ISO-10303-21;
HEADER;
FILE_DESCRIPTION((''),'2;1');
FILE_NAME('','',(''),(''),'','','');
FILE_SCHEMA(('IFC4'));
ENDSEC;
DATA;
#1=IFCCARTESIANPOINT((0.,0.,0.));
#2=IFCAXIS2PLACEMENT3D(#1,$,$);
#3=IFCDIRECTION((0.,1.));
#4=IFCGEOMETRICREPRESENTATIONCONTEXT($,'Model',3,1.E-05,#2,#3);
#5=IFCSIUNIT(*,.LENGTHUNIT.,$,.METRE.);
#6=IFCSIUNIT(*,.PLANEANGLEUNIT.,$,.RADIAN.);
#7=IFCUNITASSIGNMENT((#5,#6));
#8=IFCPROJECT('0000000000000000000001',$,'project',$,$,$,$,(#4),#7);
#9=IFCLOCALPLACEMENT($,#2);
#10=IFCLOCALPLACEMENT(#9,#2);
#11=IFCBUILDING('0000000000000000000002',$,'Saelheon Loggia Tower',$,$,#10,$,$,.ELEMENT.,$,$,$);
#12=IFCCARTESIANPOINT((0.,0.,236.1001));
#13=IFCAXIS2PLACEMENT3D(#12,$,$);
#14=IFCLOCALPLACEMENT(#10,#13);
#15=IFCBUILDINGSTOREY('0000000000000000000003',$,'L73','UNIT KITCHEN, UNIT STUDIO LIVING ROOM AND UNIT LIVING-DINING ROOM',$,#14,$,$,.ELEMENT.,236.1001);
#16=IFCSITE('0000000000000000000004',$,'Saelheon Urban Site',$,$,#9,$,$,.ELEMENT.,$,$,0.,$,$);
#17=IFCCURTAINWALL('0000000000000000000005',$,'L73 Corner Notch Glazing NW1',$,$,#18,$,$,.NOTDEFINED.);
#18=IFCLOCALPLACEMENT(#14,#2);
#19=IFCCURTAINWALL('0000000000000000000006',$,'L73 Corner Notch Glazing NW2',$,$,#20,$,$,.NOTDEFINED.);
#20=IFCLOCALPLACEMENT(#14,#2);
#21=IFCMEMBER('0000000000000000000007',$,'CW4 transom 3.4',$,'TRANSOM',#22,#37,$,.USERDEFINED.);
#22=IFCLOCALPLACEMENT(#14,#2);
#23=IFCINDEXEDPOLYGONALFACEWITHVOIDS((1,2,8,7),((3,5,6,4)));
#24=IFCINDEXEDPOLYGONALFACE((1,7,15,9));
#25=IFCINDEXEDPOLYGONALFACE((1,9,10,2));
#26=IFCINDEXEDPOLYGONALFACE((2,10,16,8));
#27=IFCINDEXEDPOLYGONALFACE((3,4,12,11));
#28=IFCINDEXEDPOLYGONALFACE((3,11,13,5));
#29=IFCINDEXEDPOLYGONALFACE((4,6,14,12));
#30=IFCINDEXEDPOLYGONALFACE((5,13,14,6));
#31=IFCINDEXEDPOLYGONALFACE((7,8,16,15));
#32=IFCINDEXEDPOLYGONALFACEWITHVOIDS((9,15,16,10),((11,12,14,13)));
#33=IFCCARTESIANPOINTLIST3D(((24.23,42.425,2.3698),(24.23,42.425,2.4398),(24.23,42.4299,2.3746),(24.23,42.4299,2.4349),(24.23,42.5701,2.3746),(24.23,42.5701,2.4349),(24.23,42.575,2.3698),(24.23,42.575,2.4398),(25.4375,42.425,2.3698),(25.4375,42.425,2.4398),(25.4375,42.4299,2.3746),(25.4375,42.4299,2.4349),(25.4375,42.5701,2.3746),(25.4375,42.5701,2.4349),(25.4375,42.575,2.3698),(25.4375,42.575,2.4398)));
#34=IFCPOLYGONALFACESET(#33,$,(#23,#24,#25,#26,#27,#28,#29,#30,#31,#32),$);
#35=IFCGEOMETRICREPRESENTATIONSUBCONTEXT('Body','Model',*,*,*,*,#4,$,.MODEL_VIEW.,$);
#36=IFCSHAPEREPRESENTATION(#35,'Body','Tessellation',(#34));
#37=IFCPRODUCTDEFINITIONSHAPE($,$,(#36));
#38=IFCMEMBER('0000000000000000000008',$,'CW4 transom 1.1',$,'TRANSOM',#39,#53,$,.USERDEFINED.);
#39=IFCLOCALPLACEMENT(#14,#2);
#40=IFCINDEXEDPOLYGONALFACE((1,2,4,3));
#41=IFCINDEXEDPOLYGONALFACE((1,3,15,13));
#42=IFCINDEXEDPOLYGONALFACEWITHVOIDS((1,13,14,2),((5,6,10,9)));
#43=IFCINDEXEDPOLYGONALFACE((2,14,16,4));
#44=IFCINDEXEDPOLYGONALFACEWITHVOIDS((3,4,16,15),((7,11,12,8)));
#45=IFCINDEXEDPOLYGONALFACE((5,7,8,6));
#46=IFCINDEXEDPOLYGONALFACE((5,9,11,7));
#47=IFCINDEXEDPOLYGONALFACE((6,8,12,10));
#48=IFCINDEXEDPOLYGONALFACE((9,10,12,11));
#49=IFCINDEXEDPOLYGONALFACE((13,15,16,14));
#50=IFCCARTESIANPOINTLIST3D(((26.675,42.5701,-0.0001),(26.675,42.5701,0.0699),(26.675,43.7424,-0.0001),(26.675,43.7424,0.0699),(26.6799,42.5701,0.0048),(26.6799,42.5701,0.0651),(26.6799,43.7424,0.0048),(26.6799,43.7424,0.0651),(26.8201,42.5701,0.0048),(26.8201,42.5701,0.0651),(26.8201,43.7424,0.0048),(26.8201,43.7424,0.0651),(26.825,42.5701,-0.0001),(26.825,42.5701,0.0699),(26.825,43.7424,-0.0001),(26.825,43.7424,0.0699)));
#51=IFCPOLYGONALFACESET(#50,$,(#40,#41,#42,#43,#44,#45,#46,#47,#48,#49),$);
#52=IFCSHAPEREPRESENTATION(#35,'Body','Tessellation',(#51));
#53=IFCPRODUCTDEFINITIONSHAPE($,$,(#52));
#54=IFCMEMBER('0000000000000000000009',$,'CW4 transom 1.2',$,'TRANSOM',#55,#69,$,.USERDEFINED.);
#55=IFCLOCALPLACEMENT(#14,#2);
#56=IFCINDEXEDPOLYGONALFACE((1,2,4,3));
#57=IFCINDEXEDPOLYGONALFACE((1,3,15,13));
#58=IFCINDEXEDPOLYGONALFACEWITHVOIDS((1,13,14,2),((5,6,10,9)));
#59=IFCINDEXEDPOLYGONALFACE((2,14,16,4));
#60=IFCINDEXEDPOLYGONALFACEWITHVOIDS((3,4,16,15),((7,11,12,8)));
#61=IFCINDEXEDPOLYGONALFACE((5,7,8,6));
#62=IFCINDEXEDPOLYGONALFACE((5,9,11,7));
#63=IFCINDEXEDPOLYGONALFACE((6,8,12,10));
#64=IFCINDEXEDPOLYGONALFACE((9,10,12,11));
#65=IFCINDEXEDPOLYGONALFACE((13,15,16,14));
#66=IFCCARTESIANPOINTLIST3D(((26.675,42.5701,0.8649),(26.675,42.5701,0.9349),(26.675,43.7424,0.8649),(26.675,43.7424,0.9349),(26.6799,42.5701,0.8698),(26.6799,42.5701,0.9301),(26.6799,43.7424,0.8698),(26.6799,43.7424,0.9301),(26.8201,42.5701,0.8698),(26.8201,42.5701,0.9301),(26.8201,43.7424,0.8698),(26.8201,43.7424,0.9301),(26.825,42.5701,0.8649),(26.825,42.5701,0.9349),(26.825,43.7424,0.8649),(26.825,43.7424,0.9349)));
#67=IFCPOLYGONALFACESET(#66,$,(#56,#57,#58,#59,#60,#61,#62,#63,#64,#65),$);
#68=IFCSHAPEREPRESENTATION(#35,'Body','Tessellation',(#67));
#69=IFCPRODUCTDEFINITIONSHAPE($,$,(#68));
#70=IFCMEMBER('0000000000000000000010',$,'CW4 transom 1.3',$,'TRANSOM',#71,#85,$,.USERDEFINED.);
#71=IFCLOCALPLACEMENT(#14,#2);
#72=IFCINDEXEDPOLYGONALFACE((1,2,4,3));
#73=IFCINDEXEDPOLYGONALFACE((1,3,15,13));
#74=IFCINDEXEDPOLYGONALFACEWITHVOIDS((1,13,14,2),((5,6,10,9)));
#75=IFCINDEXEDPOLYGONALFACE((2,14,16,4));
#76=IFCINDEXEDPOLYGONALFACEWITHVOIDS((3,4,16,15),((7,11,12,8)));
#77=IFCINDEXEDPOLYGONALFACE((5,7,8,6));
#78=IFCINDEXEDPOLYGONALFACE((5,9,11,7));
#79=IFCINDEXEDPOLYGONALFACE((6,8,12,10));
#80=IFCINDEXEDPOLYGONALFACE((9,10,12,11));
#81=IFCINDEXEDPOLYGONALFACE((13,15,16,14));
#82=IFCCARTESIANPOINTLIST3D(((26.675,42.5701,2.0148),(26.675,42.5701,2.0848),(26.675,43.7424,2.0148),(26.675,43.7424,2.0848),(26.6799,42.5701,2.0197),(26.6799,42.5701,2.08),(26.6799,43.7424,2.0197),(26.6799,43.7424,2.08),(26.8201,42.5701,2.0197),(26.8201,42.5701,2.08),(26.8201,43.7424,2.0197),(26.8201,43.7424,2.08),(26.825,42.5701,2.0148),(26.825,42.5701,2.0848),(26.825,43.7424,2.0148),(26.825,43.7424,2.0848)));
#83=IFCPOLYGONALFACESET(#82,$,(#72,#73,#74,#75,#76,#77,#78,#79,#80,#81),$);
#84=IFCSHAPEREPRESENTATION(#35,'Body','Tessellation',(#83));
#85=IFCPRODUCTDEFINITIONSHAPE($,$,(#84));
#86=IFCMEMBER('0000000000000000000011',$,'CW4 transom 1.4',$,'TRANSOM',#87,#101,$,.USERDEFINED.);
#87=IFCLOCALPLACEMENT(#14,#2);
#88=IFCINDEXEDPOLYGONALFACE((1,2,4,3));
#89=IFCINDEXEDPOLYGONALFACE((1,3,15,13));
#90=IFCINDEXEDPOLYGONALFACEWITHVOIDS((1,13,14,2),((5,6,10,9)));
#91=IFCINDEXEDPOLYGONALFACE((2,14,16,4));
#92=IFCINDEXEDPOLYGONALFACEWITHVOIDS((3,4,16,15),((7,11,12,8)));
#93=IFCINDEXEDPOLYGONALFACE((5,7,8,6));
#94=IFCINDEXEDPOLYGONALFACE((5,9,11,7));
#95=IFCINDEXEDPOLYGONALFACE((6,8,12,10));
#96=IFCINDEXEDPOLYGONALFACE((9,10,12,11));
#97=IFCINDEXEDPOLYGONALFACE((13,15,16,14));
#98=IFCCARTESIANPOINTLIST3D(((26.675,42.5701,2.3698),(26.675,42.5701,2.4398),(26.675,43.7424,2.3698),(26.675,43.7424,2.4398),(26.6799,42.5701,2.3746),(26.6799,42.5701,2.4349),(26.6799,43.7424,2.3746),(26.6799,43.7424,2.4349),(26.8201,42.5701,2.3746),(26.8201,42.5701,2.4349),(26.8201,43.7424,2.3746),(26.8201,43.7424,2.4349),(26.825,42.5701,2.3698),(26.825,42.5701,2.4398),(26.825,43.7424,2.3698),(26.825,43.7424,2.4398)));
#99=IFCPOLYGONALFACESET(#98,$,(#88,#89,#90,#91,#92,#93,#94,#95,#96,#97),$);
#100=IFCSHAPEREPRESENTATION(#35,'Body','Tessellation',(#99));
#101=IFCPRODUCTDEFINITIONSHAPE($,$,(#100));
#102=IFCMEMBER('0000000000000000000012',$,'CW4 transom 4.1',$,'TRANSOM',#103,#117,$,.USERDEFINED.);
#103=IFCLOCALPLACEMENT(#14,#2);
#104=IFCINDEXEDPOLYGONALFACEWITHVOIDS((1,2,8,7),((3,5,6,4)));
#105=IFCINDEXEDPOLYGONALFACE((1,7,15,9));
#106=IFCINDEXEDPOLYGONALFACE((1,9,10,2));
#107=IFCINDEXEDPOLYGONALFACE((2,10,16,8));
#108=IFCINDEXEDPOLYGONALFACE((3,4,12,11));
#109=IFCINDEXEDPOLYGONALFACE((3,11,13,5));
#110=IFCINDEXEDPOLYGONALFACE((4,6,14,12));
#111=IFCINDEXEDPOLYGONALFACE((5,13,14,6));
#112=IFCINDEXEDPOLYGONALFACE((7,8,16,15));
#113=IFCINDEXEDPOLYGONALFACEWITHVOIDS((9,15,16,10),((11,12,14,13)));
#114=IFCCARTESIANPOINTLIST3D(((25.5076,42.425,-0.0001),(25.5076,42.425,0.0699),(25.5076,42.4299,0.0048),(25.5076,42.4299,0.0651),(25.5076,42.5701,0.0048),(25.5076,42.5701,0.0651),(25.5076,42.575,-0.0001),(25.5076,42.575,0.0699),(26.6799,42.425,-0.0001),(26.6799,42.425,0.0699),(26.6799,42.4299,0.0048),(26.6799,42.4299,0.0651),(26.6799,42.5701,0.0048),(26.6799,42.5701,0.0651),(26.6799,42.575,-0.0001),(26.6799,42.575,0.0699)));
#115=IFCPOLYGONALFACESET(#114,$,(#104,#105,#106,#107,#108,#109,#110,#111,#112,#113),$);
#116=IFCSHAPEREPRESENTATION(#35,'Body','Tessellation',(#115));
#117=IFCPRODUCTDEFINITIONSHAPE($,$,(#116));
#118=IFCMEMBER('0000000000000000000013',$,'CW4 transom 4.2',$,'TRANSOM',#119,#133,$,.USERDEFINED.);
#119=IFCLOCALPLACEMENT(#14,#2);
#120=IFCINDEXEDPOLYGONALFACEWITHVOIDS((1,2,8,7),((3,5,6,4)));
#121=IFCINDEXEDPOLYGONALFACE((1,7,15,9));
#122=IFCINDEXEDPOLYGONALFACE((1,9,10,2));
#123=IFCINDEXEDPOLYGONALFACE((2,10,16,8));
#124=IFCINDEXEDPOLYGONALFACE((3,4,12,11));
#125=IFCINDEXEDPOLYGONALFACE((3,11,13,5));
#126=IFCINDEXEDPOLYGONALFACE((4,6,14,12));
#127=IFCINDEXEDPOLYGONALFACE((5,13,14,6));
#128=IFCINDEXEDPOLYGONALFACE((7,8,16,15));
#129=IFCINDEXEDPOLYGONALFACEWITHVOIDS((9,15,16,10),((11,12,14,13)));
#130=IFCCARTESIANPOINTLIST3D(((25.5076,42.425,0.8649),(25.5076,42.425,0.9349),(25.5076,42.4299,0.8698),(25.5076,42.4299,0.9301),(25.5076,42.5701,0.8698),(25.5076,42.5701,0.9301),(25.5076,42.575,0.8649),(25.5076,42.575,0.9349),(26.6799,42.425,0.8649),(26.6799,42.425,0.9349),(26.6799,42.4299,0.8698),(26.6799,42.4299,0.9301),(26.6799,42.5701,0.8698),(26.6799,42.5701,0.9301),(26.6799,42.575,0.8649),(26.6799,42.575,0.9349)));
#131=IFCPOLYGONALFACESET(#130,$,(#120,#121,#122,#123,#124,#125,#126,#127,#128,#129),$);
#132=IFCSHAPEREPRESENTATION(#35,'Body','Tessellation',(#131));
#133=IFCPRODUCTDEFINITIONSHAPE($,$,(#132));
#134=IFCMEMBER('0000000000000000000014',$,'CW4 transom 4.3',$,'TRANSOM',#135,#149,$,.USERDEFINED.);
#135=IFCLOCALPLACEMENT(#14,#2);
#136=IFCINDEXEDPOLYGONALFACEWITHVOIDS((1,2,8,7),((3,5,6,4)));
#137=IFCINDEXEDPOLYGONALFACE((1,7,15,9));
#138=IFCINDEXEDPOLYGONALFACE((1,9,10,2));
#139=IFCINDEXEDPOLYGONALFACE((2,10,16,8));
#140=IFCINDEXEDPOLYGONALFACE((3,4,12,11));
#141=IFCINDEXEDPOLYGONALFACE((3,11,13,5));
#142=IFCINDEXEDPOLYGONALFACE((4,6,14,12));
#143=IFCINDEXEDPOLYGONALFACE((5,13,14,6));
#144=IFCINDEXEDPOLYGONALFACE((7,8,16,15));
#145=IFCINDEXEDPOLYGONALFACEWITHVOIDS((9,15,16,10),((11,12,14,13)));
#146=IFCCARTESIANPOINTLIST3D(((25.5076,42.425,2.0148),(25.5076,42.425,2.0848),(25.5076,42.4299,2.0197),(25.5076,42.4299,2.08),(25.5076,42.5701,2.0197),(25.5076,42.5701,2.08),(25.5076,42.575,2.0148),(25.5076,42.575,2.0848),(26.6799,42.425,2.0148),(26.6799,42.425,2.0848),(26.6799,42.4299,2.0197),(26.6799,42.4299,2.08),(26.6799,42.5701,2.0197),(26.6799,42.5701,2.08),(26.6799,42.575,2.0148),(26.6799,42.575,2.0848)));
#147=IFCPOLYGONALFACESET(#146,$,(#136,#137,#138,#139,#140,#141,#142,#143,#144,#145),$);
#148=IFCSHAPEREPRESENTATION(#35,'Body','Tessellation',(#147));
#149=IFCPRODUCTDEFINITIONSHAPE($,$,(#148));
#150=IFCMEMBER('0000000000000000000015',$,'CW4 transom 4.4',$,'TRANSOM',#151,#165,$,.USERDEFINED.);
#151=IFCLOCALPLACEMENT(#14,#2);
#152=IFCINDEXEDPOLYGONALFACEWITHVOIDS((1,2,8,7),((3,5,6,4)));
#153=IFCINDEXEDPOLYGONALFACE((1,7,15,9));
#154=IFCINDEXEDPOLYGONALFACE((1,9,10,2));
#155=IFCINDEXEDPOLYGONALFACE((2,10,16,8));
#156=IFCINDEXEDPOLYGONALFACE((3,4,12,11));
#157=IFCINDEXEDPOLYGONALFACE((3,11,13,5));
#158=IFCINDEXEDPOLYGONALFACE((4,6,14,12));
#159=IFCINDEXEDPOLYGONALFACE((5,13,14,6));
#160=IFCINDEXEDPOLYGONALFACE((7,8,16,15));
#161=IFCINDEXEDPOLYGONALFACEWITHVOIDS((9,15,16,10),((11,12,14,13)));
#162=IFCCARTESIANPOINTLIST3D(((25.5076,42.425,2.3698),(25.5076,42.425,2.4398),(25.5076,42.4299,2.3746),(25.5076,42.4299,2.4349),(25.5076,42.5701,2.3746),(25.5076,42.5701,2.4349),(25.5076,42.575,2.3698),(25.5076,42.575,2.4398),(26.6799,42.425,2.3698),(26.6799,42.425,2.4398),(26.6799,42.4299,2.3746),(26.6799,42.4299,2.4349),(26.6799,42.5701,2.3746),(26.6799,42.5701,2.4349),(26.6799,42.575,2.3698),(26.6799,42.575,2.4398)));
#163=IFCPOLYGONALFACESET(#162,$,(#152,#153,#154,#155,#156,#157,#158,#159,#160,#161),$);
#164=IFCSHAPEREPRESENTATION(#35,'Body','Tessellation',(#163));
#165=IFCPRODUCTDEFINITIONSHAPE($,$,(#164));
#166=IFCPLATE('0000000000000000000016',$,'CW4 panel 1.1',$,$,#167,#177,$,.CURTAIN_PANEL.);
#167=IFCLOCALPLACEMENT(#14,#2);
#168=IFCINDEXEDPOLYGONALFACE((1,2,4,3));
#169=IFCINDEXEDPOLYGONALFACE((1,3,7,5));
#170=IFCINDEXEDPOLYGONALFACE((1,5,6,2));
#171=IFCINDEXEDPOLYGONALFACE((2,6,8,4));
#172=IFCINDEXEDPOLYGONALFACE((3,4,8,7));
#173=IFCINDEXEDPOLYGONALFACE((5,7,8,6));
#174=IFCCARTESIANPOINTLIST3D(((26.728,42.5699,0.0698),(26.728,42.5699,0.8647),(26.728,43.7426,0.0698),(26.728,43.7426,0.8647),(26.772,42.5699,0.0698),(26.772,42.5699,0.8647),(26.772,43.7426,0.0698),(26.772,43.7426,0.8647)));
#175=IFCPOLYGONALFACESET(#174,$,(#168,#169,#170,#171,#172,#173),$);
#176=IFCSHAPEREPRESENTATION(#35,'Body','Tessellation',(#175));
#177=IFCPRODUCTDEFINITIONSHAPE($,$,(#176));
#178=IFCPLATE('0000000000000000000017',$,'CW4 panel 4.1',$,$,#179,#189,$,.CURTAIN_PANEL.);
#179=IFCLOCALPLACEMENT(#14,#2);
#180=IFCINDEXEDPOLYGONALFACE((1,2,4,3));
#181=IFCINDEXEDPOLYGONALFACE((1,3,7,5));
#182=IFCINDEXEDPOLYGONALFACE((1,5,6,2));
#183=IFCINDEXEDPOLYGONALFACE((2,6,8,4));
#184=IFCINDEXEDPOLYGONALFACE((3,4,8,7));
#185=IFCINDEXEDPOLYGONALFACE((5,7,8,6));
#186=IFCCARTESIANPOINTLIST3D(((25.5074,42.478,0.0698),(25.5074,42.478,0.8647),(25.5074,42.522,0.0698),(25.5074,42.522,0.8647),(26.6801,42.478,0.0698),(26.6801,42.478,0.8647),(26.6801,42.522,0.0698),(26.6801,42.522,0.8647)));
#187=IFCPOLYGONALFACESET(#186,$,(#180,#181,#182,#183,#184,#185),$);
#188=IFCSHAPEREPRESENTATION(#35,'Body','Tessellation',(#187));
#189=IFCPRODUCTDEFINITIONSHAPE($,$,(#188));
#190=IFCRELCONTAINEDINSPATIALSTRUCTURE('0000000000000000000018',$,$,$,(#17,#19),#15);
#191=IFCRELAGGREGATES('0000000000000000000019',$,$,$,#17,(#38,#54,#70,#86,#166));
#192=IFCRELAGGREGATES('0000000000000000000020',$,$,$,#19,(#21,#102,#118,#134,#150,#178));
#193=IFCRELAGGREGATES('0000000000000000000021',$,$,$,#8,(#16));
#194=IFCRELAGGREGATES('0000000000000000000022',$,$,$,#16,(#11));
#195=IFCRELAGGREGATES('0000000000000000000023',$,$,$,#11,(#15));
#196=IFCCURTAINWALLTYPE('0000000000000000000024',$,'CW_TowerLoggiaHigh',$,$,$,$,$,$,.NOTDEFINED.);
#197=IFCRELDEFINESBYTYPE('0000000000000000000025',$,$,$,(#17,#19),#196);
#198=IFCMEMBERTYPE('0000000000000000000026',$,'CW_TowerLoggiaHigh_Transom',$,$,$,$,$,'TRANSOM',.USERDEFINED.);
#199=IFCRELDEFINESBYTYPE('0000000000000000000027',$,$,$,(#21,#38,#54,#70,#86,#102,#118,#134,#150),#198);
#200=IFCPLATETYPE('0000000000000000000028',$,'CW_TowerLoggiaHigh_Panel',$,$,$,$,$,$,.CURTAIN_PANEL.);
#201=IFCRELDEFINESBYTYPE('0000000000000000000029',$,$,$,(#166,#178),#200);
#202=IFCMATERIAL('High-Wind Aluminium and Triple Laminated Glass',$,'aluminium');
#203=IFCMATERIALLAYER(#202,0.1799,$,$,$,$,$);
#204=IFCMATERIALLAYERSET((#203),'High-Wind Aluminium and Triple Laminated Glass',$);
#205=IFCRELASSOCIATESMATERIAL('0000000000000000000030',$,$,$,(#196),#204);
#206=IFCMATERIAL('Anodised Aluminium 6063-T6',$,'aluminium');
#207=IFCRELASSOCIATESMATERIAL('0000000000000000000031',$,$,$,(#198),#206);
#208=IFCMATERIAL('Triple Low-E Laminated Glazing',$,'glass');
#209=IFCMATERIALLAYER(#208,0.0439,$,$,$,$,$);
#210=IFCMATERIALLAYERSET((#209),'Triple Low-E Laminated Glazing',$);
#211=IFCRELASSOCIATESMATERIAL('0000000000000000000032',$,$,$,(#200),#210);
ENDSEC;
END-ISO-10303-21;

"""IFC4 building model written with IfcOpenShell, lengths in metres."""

from ifc_helpers import new_model, si_unit, direction, frame, origin, origin_2d, place, context, subcontext, project, spatial, rectangle, hollow_rectangle, extrude, source, transform, mapped, material, layer, layer_set, material_profile, profile_set, type_object, element, aggregate, save


model = new_model("IFC4")

# Units and contexts
model_context = context("Model", 3, precision=1e-05, world=origin(), true_north=direction((0.0, 1.0)))
body_context = subcontext(model_context, "Body", "Model", "MODEL_VIEW")
ifc_project = project(units=[si_unit("LENGTHUNIT", "METRE"), si_unit("PLANEANGLEUNIT", "RADIAN")], contexts=[model_context])

# Site, building, storey
site_placement = place(None, origin())
site = spatial("IfcSite", under=ifc_project, at=site_placement, Name="Saelheon Urban Site", CompositionType="ELEMENT", RefElevation=0.0)
building_placement = place(site_placement, origin())
building = spatial("IfcBuilding", under=site, at=building_placement, Name="Saelheon Loggia Tower", CompositionType="ELEMENT")
storey_placement = place(building_placement, frame((0.0, 0.0, 236.1001)))
storey = spatial("IfcBuildingStorey", under=building, at=storey_placement, Name="L73", Description="UNIT KITCHEN, UNIT STUDIO LIVING ROOM AND UNIT LIVING-DINING ROOM", CompositionType="ELEMENT", Elevation=236.1001)

# Curtain wall
ifc_material_1 = material(Name="High-Wind Aluminium and Triple Laminated Glass", Category="aluminium")
ifc_layer_1 = layer(ifc_material_1, 0.1799)
ifc_layer_set_1 = layer_set([ifc_layer_1], Name="High-Wind Aluminium and Triple Laminated Glass")
curtain_wall_type = type_object("IfcCurtainWallType", Name="CW_TowerLoggiaHigh", PredefinedType="NOTDEFINED", material=ifc_layer_set_1)
curtain_wall_1_placement = place(storey_placement, origin())
curtain_wall_1 = element("IfcCurtainWall", 1, at=curtain_wall_1_placement, inside=storey, type_object=curtain_wall_type, Name="L73 Corner Notch Glazing NW1", PredefinedType="NOTDEFINED")
ifc_material_2 = material(Name="Anodised Aluminium 6063-T6", Category="aluminium")

# Curtain wall, member
curtain_wall_2_placement = place(storey_placement, origin())
curtain_wall_2 = element("IfcCurtainWall", 2, at=curtain_wall_2_placement, inside=storey, type_object=curtain_wall_type, Name="L73 Corner Notch Glazing NW2", PredefinedType="NOTDEFINED")
ifc_material_profile_1 = material_profile(ifc_material_2, hollow_rectangle(XDim=0.0701, YDim=0.1499, WallThickness=0.0049, at=origin_2d()), Name="RHS-150x70x5")
ifc_profile_set_1 = profile_set([ifc_material_profile_1], Name="Anodised Aluminium 6063-T6")
member_type_1 = type_object("IfcMemberType", Name="CW_TowerLoggiaHigh_Transom", ElementType="TRANSOM", PredefinedType="USERDEFINED", material=ifc_profile_set_1)
shared_shape_1 = source(origin(), body_context, "Body", "SweptSolid", [
    extrude(hollow_rectangle(XDim=0.0701, YDim=0.1499, WallThickness=0.0049, at=origin_2d()), origin(), (0.0, 0.0, 1.0), 1.2075),
])
member_1_placement = place(storey_placement, frame((24.23, 42.5, 2.4048), z_axis=(1.0, 0.0, 0.0), x_axis=(0.0, 0.0, 1.0)))
member_1 = element("IfcMember", 3, at=member_1_placement, type_object=member_type_1, Name="CW4 transom 3.4", ObjectType="TRANSOM", PredefinedType="USERDEFINED", context=body_context, shape_type="MappedRepresentation", body=[
    mapped(shared_shape_1, transform((0.0, 0.0, 0.0), scale=1.0)),
])

# Members
shared_shape_2 = source(origin(), body_context, "Body", "SweptSolid", [
    extrude(hollow_rectangle(XDim=0.0701, YDim=0.1499, WallThickness=0.0049, at=origin_2d()), origin(), (0.0, 0.0, 1.0), 1.1724),
])
member_2_placement = place(storey_placement, frame((26.75, 42.5701, 0.0349), z_axis=(0.0, 1.0, 0.0), x_axis=(0.0, 0.0, 1.0)))
member_2 = element("IfcMember", 4, at=member_2_placement, type_object=member_type_1, Name="CW4 transom 1.1", ObjectType="TRANSOM", PredefinedType="USERDEFINED", context=body_context, shape_type="MappedRepresentation", body=[
    mapped(shared_shape_2, transform((0.0, 0.0, 0.0), scale=1.0)),
])
member_3_placement = place(storey_placement, frame((26.75, 42.5701, 0.8999), z_axis=(0.0, 1.0, 0.0), x_axis=(0.0, 0.0, 1.0)))
member_3 = element("IfcMember", 5, at=member_3_placement, type_object=member_type_1, Name="CW4 transom 1.2", ObjectType="TRANSOM", PredefinedType="USERDEFINED", context=body_context, shape_type="MappedRepresentation", body=[
    mapped(shared_shape_2, transform((0.0, 0.0, 0.0), scale=1.0)),
])
member_4_placement = place(storey_placement, frame((26.75, 42.5701, 2.0498), z_axis=(0.0, 1.0, 0.0), x_axis=(0.0, 0.0, 1.0)))
member_4 = element("IfcMember", 6, at=member_4_placement, type_object=member_type_1, Name="CW4 transom 1.3", ObjectType="TRANSOM", PredefinedType="USERDEFINED", context=body_context, shape_type="MappedRepresentation", body=[
    mapped(shared_shape_2, transform((0.0, 0.0, 0.0), scale=1.0)),
])
member_5_placement = place(storey_placement, frame((26.75, 42.5701, 2.4048), z_axis=(0.0, 1.0, 0.0), x_axis=(0.0, 0.0, 1.0)))
member_5 = element("IfcMember", 7, at=member_5_placement, type_object=member_type_1, Name="CW4 transom 1.4", ObjectType="TRANSOM", PredefinedType="USERDEFINED", context=body_context, shape_type="MappedRepresentation", body=[
    mapped(shared_shape_2, transform((0.0, 0.0, 0.0), scale=1.0)),
])
member_6_placement = place(storey_placement, frame((25.5076, 42.5, 0.0349), z_axis=(1.0, 0.0, 0.0), x_axis=(0.0, 0.0, 1.0)))
member_6 = element("IfcMember", 8, at=member_6_placement, type_object=member_type_1, Name="CW4 transom 4.1", ObjectType="TRANSOM", PredefinedType="USERDEFINED", context=body_context, shape_type="MappedRepresentation", body=[
    mapped(shared_shape_2, transform((0.0, 0.0, 0.0), scale=1.0)),
])
member_7_placement = place(storey_placement, frame((25.5076, 42.5, 0.8999), z_axis=(1.0, 0.0, 0.0), x_axis=(0.0, 0.0, 1.0)))
member_7 = element("IfcMember", 9, at=member_7_placement, type_object=member_type_1, Name="CW4 transom 4.2", ObjectType="TRANSOM", PredefinedType="USERDEFINED", context=body_context, shape_type="MappedRepresentation", body=[
    mapped(shared_shape_2, transform((0.0, 0.0, 0.0), scale=1.0)),
])
member_8_placement = place(storey_placement, frame((25.5076, 42.5, 2.0498), z_axis=(1.0, 0.0, 0.0), x_axis=(0.0, 0.0, 1.0)))
member_8 = element("IfcMember", 10, at=member_8_placement, type_object=member_type_1, Name="CW4 transom 4.3", ObjectType="TRANSOM", PredefinedType="USERDEFINED", context=body_context, shape_type="MappedRepresentation", body=[
    mapped(shared_shape_2, transform((0.0, 0.0, 0.0), scale=1.0)),
])
member_9_placement = place(storey_placement, frame((25.5076, 42.5, 2.4048), z_axis=(1.0, 0.0, 0.0), x_axis=(0.0, 0.0, 1.0)))
member_9 = element("IfcMember", 11, at=member_9_placement, type_object=member_type_1, Name="CW4 transom 4.4", ObjectType="TRANSOM", PredefinedType="USERDEFINED", context=body_context, shape_type="MappedRepresentation", body=[
    mapped(shared_shape_2, transform((0.0, 0.0, 0.0), scale=1.0)),
])

# Plates
ifc_material_3 = material(Name="Triple Low-E Laminated Glazing", Category="glass")
ifc_layer_2 = layer(ifc_material_3, 0.0439)
ifc_layer_set_2 = layer_set([ifc_layer_2], Name="Triple Low-E Laminated Glazing")
plate_type = type_object("IfcPlateType", Name="CW_TowerLoggiaHigh_Panel", PredefinedType="CURTAIN_PANEL", material=ifc_layer_set_2)
shared_shape_3 = source(origin(), body_context, "Body", "SweptSolid", [
    extrude(rectangle(XDim=1.1726, YDim=0.0439, at=origin_2d()), origin(), (0.0, 0.0, 1.0), 0.7949),
])
plate_1_placement = place(storey_placement, frame((26.75, 43.1562, 0.0698), z_axis=(0.0, 0.0, 1.0), x_axis=(0.0, 1.0, 0.0)))
plate_1 = element("IfcPlate", 12, at=plate_1_placement, type_object=plate_type, Name="CW4 panel 1.1", PredefinedType="CURTAIN_PANEL", context=body_context, shape_type="MappedRepresentation", body=[
    mapped(shared_shape_3, transform((0.0, 0.0, 0.0), scale=1.0)),
])
plate_2_placement = place(storey_placement, frame((26.0938, 42.5, 0.0698), z_axis=(0.0, 0.0, 1.0), x_axis=(1.0, 0.0, 0.0)))
plate_2 = element("IfcPlate", 13, at=plate_2_placement, type_object=plate_type, Name="CW4 panel 4.1", PredefinedType="CURTAIN_PANEL", context=body_context, shape_type="MappedRepresentation", body=[
    mapped(shared_shape_3, transform((0.0, 0.0, 0.0), scale=1.0)),
])
aggregate(curtain_wall_1, [member_2, member_3, member_4, member_5, plate_1])
aggregate(curtain_wall_2, [member_1, member_6, member_7, member_8, member_9, plate_2])

save(model, "model.ifc")
